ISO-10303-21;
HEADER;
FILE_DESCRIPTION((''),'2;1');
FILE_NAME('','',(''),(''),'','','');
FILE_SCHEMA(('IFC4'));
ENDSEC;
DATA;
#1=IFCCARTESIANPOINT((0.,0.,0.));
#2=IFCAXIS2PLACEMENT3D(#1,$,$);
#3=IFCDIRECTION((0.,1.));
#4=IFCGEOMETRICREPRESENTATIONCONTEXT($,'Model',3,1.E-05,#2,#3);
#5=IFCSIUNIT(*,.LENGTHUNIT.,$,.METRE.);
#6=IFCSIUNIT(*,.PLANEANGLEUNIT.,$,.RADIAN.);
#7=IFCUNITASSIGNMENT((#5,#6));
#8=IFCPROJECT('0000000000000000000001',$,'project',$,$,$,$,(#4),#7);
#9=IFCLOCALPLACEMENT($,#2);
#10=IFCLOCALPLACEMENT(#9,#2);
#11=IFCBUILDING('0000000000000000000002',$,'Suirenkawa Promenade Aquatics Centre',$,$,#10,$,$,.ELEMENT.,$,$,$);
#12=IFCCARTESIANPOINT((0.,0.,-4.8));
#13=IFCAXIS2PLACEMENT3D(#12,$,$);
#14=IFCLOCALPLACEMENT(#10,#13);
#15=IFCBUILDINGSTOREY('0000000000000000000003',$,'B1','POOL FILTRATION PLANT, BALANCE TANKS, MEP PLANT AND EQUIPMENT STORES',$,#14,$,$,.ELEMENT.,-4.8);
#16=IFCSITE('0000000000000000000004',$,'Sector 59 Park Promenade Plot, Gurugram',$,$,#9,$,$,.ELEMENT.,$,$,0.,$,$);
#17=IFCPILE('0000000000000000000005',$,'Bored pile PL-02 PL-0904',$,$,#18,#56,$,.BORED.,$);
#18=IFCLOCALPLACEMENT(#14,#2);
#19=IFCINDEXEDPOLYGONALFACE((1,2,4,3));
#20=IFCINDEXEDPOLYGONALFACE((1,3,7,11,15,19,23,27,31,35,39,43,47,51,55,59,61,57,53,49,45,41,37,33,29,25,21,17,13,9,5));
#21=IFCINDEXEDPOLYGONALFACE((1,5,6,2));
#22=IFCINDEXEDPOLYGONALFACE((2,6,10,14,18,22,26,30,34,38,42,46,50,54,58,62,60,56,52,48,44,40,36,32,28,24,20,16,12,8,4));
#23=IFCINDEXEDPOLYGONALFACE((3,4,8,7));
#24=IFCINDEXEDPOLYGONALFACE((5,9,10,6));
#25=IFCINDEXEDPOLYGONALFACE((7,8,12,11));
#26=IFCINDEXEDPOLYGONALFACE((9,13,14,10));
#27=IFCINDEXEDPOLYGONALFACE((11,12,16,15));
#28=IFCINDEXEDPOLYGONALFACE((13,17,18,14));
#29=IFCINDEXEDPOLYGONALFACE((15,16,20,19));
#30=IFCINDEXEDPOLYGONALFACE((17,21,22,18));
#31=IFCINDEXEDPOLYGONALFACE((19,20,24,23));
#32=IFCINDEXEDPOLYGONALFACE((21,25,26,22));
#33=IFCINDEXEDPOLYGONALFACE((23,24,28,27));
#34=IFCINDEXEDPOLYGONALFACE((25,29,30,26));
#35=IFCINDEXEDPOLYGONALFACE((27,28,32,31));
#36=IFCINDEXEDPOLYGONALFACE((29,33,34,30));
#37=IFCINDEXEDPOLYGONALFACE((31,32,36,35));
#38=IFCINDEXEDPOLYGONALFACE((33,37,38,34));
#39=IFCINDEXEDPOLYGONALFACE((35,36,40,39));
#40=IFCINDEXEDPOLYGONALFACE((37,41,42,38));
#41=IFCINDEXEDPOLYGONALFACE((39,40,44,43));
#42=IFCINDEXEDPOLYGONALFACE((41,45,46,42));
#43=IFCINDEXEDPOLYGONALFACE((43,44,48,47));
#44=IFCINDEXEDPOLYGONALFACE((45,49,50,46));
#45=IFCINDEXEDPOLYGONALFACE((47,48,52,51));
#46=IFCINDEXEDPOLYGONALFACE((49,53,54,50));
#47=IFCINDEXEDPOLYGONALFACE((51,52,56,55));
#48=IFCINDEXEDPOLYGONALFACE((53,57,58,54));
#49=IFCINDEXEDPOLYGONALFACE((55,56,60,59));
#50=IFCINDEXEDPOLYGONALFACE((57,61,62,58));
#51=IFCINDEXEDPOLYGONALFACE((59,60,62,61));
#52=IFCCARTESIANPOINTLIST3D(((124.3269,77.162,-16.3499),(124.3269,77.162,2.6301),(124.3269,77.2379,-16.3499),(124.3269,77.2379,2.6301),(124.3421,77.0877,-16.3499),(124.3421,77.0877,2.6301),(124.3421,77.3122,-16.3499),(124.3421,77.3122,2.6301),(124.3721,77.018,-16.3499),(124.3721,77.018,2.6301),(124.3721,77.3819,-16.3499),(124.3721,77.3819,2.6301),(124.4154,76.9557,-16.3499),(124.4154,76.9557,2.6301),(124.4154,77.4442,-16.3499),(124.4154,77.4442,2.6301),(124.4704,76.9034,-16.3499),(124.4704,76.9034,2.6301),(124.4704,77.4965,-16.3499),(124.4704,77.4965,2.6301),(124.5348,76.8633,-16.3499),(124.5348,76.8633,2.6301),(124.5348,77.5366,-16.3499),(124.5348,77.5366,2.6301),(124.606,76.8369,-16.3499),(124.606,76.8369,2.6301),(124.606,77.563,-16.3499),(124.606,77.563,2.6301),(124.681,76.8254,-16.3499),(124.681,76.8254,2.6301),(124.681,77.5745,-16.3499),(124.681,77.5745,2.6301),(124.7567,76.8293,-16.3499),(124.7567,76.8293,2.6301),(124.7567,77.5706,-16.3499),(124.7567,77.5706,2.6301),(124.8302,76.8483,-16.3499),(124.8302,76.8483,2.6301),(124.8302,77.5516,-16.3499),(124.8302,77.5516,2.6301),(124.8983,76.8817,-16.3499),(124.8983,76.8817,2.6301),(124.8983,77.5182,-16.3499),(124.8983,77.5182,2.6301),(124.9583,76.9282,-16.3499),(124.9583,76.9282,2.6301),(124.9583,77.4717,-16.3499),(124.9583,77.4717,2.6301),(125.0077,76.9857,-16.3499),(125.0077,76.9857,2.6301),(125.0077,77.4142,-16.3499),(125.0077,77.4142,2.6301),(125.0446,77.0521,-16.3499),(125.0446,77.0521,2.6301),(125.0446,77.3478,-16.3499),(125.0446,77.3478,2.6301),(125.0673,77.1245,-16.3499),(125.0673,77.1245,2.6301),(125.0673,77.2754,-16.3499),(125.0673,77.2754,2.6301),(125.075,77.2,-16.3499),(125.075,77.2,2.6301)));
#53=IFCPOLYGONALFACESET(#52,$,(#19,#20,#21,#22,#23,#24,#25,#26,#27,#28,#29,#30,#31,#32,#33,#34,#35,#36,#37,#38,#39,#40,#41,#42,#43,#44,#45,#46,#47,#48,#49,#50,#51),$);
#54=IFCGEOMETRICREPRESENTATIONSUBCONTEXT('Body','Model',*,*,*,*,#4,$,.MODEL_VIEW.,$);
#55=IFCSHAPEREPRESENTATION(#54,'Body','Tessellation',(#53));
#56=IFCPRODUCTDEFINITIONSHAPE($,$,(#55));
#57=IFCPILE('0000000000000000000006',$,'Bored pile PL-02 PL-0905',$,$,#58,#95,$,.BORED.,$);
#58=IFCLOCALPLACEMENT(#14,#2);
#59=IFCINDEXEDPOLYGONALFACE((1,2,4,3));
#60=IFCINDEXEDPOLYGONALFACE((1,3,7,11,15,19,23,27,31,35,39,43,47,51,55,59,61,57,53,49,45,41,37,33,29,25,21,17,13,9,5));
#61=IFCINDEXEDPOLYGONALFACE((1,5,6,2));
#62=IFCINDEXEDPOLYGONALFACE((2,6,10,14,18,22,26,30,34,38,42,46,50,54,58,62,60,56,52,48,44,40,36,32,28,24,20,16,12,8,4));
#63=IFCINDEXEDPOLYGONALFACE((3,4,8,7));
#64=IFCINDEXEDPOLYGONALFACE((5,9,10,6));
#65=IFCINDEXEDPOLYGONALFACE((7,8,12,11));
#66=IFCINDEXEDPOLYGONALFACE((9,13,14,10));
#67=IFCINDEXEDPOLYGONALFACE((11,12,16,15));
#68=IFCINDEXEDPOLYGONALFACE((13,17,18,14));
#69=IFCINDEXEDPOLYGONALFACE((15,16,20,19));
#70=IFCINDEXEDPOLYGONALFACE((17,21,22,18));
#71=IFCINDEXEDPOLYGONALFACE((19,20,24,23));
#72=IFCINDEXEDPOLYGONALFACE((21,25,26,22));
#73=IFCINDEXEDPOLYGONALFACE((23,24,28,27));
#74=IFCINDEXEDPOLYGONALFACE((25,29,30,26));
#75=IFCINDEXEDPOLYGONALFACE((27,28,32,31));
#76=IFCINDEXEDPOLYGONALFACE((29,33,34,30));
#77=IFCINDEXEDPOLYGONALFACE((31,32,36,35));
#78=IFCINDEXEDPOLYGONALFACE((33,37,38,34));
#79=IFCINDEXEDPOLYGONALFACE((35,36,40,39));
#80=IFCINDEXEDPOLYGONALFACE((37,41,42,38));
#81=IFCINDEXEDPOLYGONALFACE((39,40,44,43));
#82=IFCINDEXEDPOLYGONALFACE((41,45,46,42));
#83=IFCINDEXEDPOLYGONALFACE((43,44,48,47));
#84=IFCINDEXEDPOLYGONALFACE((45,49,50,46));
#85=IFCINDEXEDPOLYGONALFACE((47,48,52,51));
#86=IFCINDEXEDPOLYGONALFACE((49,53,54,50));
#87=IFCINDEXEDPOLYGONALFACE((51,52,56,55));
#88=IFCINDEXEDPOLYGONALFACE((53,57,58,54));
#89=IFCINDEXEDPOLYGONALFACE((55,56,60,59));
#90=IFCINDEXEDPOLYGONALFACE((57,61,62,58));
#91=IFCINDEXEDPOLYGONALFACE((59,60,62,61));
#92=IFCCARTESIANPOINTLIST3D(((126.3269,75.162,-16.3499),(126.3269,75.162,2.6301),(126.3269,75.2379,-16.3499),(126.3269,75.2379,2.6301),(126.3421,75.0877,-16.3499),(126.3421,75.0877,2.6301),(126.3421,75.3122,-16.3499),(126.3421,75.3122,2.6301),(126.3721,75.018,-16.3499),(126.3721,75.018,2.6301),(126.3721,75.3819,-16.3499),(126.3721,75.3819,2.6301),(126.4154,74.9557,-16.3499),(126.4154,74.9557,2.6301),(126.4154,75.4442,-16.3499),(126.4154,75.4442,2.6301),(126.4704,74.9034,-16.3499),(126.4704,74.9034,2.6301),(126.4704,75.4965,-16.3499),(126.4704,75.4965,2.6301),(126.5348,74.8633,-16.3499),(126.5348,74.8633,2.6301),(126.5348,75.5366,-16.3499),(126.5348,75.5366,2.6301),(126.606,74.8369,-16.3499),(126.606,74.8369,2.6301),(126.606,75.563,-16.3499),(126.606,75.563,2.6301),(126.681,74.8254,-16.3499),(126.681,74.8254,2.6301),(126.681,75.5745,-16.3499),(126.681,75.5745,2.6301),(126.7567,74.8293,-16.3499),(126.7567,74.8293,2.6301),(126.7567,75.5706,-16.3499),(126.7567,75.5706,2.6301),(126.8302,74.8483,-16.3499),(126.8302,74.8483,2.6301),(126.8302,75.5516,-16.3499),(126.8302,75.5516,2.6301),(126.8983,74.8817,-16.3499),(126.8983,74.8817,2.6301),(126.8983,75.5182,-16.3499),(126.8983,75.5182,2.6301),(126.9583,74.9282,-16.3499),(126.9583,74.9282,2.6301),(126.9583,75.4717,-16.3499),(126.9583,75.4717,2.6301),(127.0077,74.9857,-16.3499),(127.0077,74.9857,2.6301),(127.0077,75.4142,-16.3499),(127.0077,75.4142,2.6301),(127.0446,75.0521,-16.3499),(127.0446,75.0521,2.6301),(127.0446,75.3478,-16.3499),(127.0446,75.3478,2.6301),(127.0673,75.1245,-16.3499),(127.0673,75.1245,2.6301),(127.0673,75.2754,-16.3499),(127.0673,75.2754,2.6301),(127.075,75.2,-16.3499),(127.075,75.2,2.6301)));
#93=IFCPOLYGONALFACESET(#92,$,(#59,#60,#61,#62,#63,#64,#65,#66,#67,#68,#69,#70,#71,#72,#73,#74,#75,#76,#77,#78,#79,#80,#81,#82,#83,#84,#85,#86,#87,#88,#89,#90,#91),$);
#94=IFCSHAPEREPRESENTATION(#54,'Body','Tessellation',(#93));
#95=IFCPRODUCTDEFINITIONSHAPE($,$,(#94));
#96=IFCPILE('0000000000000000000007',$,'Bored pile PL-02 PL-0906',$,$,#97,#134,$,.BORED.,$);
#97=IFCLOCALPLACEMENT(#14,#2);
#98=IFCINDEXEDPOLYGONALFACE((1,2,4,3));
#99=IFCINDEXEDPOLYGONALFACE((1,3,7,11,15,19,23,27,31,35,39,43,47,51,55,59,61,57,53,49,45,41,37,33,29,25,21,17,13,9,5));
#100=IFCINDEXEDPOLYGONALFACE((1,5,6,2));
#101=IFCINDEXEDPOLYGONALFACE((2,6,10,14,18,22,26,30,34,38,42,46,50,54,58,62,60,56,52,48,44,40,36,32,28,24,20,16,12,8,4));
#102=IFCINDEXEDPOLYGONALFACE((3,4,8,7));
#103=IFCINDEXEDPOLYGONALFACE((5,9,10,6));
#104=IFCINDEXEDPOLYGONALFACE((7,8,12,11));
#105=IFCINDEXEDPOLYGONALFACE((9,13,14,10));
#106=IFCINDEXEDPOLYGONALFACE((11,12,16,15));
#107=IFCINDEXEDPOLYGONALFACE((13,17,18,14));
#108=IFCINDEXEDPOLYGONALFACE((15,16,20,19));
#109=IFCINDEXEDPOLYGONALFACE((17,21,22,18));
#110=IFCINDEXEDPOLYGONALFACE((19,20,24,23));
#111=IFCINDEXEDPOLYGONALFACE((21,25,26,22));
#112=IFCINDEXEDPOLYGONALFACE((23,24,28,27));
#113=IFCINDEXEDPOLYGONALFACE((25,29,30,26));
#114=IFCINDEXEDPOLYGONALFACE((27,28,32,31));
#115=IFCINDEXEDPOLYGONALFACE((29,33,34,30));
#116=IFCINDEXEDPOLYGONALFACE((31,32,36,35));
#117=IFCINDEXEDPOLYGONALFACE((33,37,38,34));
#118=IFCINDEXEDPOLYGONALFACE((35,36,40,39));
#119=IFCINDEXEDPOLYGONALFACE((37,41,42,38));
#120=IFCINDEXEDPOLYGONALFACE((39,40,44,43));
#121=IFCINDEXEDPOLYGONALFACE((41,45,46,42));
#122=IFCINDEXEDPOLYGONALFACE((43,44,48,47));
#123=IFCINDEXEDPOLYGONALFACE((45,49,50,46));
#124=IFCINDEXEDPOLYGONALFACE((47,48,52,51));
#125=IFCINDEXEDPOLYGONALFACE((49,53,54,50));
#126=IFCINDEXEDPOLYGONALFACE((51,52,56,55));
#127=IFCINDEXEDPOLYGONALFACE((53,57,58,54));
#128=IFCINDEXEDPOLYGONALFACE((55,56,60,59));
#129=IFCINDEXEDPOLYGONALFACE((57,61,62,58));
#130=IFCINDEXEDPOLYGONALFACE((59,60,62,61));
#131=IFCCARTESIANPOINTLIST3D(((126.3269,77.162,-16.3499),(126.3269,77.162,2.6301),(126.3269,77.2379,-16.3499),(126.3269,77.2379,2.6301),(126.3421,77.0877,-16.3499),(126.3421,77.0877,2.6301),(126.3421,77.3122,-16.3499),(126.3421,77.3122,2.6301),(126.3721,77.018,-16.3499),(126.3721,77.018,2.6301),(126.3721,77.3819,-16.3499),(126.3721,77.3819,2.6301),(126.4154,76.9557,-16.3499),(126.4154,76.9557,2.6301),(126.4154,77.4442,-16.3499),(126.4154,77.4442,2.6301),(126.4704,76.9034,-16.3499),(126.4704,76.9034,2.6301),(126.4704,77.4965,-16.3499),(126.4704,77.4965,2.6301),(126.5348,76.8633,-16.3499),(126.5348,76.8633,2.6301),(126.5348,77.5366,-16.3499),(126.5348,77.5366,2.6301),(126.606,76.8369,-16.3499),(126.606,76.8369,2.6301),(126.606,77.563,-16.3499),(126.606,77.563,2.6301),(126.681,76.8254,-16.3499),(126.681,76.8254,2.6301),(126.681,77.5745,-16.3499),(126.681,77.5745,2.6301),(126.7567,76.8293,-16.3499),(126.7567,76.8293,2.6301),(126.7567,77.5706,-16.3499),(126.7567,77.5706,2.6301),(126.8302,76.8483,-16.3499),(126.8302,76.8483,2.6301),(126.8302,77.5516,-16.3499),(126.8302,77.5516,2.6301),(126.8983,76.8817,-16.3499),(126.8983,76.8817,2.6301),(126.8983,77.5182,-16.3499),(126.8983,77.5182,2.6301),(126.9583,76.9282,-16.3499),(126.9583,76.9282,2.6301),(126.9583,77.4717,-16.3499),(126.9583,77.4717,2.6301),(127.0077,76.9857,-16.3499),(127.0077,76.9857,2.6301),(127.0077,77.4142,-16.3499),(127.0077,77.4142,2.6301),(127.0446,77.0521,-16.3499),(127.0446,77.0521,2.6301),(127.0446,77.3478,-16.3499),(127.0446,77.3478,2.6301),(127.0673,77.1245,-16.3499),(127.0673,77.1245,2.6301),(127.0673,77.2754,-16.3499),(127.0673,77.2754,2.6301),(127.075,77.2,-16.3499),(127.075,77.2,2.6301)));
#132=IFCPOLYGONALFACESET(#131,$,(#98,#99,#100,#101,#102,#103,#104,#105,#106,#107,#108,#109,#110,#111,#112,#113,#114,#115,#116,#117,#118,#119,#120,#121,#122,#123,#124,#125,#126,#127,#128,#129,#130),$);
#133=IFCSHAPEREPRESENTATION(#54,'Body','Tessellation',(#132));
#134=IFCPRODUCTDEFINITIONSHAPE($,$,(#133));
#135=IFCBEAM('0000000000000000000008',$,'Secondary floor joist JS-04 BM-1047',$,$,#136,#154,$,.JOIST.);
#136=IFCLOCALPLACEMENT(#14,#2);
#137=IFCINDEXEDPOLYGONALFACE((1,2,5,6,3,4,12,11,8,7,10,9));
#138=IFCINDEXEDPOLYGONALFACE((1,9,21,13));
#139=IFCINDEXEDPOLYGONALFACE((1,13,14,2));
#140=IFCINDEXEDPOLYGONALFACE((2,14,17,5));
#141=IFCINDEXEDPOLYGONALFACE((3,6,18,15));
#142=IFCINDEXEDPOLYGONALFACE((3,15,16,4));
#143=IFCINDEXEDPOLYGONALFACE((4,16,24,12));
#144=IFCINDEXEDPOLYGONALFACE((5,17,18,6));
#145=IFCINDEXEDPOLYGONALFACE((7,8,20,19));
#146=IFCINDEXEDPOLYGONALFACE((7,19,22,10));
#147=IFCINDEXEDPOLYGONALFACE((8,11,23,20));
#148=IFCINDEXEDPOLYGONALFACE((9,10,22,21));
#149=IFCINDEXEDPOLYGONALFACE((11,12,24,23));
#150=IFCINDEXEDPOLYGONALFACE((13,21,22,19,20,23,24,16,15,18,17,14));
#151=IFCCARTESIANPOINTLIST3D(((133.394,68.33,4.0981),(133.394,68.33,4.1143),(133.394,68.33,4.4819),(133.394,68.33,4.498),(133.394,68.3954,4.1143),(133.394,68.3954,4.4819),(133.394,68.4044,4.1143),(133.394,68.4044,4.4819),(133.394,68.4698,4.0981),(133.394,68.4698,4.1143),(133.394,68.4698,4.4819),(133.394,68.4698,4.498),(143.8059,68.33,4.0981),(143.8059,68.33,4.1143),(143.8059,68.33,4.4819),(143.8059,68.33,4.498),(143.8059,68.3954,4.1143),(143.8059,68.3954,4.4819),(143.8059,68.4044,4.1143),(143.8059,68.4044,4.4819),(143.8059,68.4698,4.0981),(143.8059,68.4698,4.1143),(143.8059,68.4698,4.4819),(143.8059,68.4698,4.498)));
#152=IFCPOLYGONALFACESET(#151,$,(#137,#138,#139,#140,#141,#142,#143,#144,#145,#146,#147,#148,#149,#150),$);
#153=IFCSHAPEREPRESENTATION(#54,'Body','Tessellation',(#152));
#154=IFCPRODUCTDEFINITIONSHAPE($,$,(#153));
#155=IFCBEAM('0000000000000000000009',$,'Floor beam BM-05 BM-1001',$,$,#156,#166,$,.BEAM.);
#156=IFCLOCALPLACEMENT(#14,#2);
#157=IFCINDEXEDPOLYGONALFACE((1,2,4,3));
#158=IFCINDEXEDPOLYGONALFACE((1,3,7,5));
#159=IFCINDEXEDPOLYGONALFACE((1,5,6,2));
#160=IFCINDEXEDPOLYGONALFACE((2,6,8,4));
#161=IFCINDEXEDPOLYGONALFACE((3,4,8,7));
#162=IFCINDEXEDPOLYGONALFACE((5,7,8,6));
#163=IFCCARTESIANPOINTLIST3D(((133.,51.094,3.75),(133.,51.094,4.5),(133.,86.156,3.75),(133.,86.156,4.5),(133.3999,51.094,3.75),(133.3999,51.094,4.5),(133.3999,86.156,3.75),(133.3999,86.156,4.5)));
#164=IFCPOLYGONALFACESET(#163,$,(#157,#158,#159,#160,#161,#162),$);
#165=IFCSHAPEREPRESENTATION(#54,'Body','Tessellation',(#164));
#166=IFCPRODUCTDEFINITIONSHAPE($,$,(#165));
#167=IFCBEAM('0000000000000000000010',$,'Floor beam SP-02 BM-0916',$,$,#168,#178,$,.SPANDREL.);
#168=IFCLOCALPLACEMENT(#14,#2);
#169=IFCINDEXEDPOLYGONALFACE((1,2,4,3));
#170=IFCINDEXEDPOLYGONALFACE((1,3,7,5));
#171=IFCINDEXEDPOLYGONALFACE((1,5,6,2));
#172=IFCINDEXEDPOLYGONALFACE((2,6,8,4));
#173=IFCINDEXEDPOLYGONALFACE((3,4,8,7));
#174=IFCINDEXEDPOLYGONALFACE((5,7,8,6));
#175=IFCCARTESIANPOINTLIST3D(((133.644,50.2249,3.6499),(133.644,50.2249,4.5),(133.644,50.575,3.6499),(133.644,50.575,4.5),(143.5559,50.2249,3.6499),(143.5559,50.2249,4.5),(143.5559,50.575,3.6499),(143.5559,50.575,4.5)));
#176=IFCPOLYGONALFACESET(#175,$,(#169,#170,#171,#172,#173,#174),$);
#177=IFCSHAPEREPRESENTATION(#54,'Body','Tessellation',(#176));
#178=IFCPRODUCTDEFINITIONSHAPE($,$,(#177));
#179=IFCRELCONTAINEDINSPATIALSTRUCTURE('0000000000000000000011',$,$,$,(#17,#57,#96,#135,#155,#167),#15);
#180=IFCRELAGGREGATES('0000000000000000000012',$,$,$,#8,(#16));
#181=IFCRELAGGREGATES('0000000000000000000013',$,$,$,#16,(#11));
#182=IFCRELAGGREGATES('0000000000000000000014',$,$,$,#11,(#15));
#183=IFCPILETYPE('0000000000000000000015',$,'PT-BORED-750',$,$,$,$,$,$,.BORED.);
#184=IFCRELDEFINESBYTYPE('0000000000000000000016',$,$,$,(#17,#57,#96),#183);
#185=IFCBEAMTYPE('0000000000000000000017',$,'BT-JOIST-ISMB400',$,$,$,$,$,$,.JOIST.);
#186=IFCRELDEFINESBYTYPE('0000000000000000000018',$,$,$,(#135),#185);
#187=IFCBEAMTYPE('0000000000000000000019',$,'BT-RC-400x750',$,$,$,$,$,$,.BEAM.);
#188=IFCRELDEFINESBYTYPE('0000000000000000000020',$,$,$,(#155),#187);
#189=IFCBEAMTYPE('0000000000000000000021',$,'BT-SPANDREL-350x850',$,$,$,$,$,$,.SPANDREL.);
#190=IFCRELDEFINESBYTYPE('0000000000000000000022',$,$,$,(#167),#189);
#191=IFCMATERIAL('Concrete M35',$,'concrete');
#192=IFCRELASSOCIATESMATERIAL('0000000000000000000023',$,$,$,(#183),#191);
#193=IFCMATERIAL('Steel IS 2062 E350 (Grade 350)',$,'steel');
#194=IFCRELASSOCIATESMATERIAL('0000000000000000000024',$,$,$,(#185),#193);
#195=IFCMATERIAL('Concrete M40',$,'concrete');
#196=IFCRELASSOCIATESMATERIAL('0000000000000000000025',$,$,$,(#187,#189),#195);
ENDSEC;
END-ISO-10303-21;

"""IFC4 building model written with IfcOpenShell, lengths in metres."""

from ifc_helpers import new_model, si_unit, direction, frame, origin, origin_2d, place, context, subcontext, project, spatial, rectangle, circle, i_section, extrude, material, material_profile, profile_set, type_object, element, save


model = new_model("IFC4")

# Units and contexts
model_context = context("Model", 3, precision=1e-05, world=origin(), true_north=direction((0.0, 1.0)))
body_context = subcontext(model_context, "Body", "Model", "MODEL_VIEW")
ifc_project = project(units=[si_unit("LENGTHUNIT", "METRE"), si_unit("PLANEANGLEUNIT", "RADIAN")], contexts=[model_context])

# Site, building, storey
site_placement = place(None, origin())
site = spatial("IfcSite", under=ifc_project, at=site_placement, Name="Sector 59 Park Promenade Plot, Gurugram", CompositionType="ELEMENT", RefElevation=0.0)
building_placement = place(site_placement, origin())
building = spatial("IfcBuilding", under=site, at=building_placement, Name="Suirenkawa Promenade Aquatics Centre", CompositionType="ELEMENT")
storey_placement = place(building_placement, frame((0.0, 0.0, -4.8)))
storey = spatial("IfcBuildingStorey", under=building, at=storey_placement, Name="B1", Description="POOL FILTRATION PLANT, BALANCE TANKS, MEP PLANT AND EQUIPMENT STORES", CompositionType="ELEMENT", Elevation=-4.8)

# Shared definitions
ifc_material_1 = material(Name="Concrete M35", Category="concrete")

# Piles
ifc_material_profile_1 = material_profile(ifc_material_1, circle(Radius=0.375, at=origin_2d()), Name="PILE D750", Category="concrete")
ifc_profile_set_1 = profile_set([ifc_material_profile_1], Name="Concrete M35")
pile_type_1 = type_object("IfcPileType", Name="PT-BORED-750", PredefinedType="BORED", material=ifc_profile_set_1)
for number, where, z_axis, x_axis, name in (
    (1, (124.7, 77.2, 2.6301), (0.0, 0.0, -1.0), (1.0, 0.0, 0.0), "Bored pile PL-02 PL-0904"),
    (2, (126.7, 75.2, 2.6301), (0.0, 0.0, -1.0), (1.0, 0.0, 0.0), "Bored pile PL-02 PL-0905"),
    (3, (126.7, 77.2, 2.6301), (0.0, 0.0, -1.0), (1.0, 0.0, 0.0), "Bored pile PL-02 PL-0906"),
):
    element("IfcPile", number, at=place(storey_placement, frame(where, z_axis=z_axis, x_axis=x_axis)), inside=storey, type_object=pile_type_1, Name=name, PredefinedType="BORED", context=body_context, shape_type="SweptSolid", body=[
        extrude(circle(Radius=0.375, at=origin_2d()), origin(), (0.0, 0.0, 1.0), 18.98),
    ])

# Beams
ifc_material_2 = material(Name="Steel IS 2062 E350 (Grade 350)", Category="steel")
ifc_material_profile_2 = material_profile(ifc_material_2, i_section(OverallWidth=0.1399, OverallDepth=0.3999, WebThickness=0.009, FlangeThickness=0.0161, at=origin_2d()), Name="ISMB 400", Category="steel")
ifc_profile_set_2 = profile_set([ifc_material_profile_2], Name="Steel IS 2062 E350 (Grade 350)")
beam_type_1 = type_object("IfcBeamType", Name="BT-JOIST-ISMB400", PredefinedType="JOIST", material=ifc_profile_set_2)
beam_1_placement = place(storey_placement, frame((133.394, 68.3999, 4.2981), z_axis=(1.0, 0.0, 0.0), x_axis=(0.0, 1.0, 0.0)))
element("IfcBeam", 4, at=beam_1_placement, inside=storey, type_object=beam_type_1, Name="Secondary floor joist JS-04 BM-1047", PredefinedType="JOIST", context=body_context, shape_type="SweptSolid", body=[
    extrude(i_section(OverallWidth=0.1399, OverallDepth=0.3999, WebThickness=0.009, FlangeThickness=0.0161, at=origin_2d()), origin(), (0.0, 0.0, 1.0), 10.4119),
])
ifc_material_3 = material(Name="Concrete M40", Category="concrete")
ifc_material_profile_3 = material_profile(ifc_material_3, rectangle(XDim=0.3999, YDim=0.75, at=origin_2d()), Name="RC BM 400x750", Category="concrete")
ifc_profile_set_3 = profile_set([ifc_material_profile_3], Name="Concrete M40")
beam_type_2 = type_object("IfcBeamType", Name="BT-RC-400x750", PredefinedType="BEAM", material=ifc_profile_set_3)
beam_2_placement = place(storey_placement, frame((133.2, 51.094, 4.125), z_axis=(0.0, 1.0, 0.0), x_axis=(-1.0, 0.0, 0.0)))
element("IfcBeam", 5, at=beam_2_placement, inside=storey, type_object=beam_type_2, Name="Floor beam BM-05 BM-1001", PredefinedType="BEAM", context=body_context, shape_type="SweptSolid", body=[
    extrude(rectangle(XDim=0.3999, YDim=0.75, at=origin_2d()), origin(), (0.0, 0.0, 1.0), 35.062),
])
ifc_material_profile_4 = material_profile(ifc_material_3, rectangle(XDim=0.3501, YDim=0.8501, at=origin_2d()), Name="RC SPANDREL 350x850", Category="concrete")
ifc_profile_set_4 = profile_set([ifc_material_profile_4], Name="Concrete M40")
beam_type_3 = type_object("IfcBeamType", Name="BT-SPANDREL-350x850", PredefinedType="SPANDREL", material=ifc_profile_set_4)
beam_3_placement = place(storey_placement, frame((133.644, 50.3999, 4.075), z_axis=(1.0, 0.0, 0.0), x_axis=(0.0, 1.0, 0.0)))
element("IfcBeam", 6, at=beam_3_placement, inside=storey, type_object=beam_type_3, Name="Floor beam SP-02 BM-0916", PredefinedType="SPANDREL", context=body_context, shape_type="SweptSolid", body=[
    extrude(rectangle(XDim=0.3501, YDim=0.8501, at=origin_2d()), origin(), (0.0, 0.0, 1.0), 9.9119),
])

save(model, "model.ifc")
